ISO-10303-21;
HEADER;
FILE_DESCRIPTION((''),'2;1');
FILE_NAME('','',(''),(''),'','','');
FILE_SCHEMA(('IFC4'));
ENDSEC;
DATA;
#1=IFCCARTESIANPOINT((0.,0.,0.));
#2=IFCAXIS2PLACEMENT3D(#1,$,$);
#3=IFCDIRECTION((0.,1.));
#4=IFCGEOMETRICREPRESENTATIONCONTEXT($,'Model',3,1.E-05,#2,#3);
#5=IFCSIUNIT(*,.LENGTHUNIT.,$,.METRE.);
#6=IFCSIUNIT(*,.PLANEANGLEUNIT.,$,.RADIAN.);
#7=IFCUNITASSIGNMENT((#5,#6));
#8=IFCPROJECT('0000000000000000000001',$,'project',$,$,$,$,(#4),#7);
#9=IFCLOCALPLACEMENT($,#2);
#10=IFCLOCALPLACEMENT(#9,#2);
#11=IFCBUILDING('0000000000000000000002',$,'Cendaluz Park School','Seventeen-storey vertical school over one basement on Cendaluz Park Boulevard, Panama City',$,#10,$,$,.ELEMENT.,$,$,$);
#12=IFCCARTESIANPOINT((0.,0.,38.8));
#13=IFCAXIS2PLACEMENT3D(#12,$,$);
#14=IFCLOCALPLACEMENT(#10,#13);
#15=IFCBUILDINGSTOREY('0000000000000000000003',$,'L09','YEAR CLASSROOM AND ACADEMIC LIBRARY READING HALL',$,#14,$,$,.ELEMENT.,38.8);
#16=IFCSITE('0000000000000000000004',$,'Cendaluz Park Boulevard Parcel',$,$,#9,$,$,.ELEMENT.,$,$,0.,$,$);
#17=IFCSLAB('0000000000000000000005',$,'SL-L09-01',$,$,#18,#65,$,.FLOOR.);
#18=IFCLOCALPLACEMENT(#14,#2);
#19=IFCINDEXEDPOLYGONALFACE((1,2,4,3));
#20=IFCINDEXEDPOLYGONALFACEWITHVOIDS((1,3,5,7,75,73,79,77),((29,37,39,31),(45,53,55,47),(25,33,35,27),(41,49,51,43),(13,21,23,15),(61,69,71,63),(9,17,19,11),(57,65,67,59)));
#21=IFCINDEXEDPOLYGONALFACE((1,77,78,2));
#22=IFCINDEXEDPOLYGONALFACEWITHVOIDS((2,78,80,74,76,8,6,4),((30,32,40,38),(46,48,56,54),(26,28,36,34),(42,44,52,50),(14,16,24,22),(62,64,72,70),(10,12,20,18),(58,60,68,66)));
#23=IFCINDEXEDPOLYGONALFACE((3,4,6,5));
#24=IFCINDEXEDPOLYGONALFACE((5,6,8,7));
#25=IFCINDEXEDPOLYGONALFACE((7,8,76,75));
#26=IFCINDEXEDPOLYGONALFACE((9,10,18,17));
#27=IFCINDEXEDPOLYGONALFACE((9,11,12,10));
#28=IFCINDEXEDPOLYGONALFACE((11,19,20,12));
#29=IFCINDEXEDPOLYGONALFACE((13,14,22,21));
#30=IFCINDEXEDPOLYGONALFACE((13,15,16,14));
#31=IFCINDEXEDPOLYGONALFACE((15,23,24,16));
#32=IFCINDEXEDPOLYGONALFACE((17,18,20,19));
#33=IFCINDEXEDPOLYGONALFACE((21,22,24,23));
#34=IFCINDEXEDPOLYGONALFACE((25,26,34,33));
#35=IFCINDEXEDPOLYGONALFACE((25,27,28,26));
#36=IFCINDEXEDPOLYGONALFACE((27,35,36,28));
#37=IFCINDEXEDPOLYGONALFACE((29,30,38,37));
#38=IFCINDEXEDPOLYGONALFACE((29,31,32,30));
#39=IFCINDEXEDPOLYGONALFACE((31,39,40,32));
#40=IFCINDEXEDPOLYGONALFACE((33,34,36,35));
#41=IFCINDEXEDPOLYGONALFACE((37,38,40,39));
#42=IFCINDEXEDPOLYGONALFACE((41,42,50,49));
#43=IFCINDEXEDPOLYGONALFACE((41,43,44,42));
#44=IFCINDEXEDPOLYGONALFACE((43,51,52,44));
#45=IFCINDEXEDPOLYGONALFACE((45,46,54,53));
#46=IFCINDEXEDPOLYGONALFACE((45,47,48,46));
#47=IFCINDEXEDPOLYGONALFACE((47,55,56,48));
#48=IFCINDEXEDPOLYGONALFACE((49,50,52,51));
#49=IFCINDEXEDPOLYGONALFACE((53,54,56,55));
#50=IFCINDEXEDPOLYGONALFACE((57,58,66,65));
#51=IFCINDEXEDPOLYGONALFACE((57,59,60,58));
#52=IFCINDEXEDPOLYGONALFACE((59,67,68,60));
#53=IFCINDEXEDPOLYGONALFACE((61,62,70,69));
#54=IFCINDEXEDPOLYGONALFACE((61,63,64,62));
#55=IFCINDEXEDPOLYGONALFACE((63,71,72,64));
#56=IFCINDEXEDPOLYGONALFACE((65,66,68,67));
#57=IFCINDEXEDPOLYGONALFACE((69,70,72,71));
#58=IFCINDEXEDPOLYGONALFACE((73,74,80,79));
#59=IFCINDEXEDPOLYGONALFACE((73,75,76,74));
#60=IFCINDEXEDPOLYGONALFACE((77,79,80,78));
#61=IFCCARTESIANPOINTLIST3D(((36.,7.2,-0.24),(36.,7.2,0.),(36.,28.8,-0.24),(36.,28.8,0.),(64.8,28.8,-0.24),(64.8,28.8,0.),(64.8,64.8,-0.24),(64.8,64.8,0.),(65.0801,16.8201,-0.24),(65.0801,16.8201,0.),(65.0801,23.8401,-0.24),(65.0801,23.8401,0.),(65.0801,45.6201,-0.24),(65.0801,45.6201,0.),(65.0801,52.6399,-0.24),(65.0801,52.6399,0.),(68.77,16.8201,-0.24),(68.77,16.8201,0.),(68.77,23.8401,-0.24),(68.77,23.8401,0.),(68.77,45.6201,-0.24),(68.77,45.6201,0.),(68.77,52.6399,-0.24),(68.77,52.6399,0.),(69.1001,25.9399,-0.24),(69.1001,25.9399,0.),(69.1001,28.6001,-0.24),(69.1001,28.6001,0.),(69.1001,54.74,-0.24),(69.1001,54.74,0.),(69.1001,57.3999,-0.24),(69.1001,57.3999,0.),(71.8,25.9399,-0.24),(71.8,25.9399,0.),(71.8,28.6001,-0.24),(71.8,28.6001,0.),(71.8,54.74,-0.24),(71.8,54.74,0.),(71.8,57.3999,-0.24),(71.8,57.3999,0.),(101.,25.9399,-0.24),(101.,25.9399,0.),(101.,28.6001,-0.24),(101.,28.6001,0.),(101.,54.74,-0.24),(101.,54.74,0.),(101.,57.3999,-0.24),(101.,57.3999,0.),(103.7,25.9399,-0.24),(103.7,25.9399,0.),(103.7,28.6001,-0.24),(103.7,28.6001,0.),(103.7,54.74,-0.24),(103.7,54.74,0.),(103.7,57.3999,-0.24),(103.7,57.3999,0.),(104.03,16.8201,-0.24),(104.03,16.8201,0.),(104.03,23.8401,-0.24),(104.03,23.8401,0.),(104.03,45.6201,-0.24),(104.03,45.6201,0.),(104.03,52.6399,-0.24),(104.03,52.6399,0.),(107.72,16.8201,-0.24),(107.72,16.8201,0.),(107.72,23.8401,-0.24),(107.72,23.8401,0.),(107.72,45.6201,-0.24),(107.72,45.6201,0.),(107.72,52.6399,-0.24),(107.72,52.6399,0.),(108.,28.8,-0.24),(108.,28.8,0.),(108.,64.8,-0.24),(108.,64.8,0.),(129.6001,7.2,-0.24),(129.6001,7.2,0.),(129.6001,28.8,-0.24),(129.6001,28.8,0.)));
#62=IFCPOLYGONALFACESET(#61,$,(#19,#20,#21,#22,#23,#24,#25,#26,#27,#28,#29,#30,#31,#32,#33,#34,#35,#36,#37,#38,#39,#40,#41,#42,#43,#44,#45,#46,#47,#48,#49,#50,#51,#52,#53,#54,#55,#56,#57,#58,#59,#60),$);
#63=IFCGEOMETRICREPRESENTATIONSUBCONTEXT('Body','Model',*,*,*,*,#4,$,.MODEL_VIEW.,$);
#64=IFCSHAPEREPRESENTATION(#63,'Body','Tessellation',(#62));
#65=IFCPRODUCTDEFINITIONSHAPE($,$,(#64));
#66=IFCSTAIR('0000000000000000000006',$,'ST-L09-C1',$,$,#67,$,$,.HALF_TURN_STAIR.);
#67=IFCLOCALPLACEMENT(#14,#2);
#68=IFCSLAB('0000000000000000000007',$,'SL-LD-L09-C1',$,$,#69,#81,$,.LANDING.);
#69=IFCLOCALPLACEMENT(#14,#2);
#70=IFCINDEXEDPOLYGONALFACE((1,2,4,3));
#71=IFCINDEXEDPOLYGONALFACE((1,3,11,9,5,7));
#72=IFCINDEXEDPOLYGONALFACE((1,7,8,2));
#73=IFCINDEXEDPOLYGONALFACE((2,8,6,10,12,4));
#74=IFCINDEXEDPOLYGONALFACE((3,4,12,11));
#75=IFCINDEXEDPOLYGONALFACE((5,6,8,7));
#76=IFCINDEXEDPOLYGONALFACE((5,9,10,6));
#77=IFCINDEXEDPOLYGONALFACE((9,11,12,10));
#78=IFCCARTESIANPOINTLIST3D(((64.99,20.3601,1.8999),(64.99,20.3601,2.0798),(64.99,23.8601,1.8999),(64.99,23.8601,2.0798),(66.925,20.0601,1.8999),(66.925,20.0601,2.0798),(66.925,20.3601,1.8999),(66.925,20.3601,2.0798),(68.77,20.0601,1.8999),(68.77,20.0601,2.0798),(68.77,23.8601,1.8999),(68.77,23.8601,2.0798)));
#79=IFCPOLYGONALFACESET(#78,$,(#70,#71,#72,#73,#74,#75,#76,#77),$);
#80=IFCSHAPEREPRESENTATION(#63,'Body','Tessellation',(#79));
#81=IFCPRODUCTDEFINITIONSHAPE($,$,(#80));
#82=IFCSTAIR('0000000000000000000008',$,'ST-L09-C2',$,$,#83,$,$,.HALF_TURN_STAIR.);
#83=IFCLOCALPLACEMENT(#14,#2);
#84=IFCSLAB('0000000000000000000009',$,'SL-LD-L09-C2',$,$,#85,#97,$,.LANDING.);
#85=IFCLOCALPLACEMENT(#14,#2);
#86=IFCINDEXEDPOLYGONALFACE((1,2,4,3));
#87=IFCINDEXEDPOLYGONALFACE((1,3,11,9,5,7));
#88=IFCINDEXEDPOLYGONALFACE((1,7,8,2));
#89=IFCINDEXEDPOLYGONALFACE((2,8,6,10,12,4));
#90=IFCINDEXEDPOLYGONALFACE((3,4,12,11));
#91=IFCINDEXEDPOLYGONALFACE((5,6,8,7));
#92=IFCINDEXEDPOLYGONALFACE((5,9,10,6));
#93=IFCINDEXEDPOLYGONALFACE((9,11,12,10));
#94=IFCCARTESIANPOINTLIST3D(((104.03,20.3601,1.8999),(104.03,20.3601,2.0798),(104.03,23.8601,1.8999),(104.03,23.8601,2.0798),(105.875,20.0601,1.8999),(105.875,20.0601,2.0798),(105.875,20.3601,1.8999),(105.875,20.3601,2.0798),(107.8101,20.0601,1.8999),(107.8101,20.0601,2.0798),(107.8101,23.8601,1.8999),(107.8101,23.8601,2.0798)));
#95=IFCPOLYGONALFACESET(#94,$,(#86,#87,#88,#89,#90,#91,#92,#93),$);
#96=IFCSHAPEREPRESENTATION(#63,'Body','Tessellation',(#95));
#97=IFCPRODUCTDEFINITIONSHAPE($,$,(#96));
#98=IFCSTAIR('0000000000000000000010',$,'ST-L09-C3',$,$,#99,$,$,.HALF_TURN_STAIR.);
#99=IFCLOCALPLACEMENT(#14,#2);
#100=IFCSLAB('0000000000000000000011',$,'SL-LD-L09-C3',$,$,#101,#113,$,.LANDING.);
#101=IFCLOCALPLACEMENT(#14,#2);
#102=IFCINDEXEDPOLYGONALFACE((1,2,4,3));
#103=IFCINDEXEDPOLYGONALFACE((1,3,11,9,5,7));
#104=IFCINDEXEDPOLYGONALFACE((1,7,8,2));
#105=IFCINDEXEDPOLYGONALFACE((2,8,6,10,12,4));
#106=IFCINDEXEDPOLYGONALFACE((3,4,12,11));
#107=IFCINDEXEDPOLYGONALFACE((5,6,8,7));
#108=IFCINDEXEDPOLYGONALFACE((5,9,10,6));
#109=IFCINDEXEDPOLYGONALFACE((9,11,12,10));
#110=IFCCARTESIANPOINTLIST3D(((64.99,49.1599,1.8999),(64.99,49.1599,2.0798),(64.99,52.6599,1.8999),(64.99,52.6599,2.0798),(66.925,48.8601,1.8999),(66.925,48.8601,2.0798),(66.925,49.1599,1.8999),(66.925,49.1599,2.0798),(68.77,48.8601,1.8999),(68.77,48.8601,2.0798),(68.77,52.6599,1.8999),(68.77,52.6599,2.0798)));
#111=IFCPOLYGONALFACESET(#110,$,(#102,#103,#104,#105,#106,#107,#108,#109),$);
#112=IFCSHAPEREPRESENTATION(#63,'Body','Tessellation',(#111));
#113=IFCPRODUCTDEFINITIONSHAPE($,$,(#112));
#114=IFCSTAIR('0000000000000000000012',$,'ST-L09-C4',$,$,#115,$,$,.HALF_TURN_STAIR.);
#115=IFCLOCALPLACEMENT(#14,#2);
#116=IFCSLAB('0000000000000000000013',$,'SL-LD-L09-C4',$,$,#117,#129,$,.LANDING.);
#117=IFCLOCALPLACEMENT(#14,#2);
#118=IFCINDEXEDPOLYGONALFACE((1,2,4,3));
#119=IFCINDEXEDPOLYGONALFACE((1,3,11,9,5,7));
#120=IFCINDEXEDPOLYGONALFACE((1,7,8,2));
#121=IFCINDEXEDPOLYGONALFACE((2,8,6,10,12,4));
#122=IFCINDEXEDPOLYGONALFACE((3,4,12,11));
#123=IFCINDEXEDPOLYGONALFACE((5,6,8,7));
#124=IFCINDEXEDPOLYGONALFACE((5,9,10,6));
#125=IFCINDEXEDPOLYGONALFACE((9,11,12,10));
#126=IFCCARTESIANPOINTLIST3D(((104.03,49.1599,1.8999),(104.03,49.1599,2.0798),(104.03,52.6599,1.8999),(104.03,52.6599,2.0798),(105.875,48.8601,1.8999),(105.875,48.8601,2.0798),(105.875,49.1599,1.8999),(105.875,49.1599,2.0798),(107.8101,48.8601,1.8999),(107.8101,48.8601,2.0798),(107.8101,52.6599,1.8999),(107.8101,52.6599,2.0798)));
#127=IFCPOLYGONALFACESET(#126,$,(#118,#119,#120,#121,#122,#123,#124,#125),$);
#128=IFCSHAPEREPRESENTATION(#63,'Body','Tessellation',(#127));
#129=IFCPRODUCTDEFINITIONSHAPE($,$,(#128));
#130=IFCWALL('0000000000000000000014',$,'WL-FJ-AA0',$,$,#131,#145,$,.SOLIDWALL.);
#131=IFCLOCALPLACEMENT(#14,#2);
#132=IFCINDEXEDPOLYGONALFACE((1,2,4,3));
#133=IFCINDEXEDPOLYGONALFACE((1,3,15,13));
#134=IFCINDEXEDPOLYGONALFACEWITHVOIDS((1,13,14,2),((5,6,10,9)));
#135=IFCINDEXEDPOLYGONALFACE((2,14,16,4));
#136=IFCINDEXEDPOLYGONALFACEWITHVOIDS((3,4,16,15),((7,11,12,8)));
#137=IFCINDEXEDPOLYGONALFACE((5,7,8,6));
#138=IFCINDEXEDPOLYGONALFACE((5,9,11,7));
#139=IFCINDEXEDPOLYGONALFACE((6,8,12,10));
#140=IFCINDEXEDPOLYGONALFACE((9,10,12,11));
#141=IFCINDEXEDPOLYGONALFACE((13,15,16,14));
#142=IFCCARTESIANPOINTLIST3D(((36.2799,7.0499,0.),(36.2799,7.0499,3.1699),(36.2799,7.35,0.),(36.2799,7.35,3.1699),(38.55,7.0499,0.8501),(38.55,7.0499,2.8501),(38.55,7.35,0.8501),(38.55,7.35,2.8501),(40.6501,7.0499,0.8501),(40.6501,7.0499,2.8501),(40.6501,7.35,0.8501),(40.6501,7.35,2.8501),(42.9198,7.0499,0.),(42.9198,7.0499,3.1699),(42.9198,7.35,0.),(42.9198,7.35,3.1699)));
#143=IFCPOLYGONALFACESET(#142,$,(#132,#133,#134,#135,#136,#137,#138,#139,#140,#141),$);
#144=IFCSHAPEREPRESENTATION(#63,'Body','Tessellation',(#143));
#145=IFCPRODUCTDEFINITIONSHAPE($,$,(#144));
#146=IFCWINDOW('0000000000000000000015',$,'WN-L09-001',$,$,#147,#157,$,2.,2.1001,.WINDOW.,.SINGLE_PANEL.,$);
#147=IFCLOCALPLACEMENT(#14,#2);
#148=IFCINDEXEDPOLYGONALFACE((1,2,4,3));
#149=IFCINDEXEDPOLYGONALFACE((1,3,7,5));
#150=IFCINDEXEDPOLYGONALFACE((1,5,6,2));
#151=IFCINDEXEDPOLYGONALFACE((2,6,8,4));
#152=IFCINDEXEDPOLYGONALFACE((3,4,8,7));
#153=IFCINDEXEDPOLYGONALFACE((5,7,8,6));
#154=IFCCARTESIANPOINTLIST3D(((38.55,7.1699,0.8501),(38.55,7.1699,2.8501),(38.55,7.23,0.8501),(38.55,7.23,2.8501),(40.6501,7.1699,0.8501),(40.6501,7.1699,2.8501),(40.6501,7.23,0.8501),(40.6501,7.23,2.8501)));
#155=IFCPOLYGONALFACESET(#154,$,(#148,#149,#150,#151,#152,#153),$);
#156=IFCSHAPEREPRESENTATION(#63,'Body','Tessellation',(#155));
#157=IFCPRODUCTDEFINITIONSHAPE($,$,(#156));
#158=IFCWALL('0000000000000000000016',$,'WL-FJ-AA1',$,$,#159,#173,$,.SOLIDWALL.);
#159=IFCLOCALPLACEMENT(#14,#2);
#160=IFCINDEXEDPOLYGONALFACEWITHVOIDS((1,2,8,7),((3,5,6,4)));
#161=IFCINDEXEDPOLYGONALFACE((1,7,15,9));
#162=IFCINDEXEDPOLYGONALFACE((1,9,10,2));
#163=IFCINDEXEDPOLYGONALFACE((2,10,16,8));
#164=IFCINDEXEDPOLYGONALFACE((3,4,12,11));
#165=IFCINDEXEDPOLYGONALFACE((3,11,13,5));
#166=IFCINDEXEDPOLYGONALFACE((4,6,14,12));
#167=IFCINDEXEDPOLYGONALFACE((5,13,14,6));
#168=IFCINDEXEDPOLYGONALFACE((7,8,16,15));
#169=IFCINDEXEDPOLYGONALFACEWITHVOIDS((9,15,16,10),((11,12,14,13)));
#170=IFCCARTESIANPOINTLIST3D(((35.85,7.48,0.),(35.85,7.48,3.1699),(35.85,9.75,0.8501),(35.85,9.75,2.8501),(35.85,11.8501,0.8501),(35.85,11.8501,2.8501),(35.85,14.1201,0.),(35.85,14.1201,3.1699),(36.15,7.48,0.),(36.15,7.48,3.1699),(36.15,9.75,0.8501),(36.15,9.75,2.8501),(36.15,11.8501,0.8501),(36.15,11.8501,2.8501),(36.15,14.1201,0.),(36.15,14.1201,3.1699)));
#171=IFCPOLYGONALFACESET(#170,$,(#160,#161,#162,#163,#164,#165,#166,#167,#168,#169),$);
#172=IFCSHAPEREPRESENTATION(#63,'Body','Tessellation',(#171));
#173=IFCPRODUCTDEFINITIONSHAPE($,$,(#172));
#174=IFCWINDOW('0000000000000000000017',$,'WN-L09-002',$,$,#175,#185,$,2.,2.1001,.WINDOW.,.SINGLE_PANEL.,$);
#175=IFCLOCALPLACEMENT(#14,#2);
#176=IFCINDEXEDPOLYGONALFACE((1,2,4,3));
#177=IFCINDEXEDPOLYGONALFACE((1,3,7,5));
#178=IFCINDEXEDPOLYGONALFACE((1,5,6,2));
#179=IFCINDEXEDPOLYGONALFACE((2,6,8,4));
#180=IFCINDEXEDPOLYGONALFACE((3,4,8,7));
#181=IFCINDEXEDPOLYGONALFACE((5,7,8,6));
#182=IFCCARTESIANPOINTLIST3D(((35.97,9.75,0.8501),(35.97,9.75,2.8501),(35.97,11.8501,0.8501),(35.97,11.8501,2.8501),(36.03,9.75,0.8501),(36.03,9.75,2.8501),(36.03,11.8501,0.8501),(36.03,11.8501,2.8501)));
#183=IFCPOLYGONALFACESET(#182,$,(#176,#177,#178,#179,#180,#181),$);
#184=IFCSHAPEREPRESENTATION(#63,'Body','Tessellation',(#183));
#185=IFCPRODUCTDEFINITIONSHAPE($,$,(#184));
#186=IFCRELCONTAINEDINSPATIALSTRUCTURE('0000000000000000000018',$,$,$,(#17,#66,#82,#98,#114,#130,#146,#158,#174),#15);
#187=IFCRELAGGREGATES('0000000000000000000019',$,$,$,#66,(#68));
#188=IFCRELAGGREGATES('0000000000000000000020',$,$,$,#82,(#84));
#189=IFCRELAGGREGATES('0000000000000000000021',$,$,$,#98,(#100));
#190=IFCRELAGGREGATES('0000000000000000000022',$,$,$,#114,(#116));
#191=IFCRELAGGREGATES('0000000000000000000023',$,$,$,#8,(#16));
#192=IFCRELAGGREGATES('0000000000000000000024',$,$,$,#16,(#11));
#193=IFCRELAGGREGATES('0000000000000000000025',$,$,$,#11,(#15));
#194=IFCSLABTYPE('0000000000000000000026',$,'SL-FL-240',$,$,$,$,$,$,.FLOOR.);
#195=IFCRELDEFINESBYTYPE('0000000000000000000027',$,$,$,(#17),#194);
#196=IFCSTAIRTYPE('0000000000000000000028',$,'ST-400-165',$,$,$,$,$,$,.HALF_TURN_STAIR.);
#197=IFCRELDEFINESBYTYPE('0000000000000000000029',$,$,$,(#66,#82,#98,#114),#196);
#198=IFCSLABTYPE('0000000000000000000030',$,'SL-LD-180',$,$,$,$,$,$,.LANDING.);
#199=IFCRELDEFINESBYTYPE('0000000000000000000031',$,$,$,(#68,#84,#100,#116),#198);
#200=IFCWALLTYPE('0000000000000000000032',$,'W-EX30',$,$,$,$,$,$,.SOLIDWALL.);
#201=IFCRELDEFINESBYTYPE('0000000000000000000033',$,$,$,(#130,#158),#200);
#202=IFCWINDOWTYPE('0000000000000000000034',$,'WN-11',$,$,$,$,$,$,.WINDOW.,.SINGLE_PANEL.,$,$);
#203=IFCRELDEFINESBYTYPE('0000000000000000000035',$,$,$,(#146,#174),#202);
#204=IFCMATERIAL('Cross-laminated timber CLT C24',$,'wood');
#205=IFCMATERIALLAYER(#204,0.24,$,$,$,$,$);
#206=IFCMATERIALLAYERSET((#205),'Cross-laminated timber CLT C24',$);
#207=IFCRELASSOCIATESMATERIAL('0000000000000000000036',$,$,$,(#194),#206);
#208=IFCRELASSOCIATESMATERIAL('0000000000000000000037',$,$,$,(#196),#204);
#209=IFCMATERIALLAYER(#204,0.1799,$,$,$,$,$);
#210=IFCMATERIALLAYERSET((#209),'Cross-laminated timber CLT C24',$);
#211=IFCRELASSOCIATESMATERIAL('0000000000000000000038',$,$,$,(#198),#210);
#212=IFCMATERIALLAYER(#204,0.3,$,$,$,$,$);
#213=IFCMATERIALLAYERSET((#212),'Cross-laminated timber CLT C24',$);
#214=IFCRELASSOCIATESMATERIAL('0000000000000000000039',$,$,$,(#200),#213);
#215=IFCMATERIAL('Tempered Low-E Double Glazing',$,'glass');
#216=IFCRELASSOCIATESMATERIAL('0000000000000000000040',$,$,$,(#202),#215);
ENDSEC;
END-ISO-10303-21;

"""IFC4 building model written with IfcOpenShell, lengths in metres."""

from ifc_helpers import new_model, si_unit, direction, frame, frame_2d, origin, place, context, subcontext, project, spatial, polyline, rectangle, outline, extrude, material, layer, layer_set, type_object, element, fill, aggregate, save


model = new_model("IFC4")

# Units and contexts
model_context = context("Model", 3, precision=1e-05, world=origin(), true_north=direction((0.0, 1.0)))
body_context = subcontext(model_context, "Body", "Model", "MODEL_VIEW")
ifc_project = project(units=[si_unit("LENGTHUNIT", "METRE"), si_unit("PLANEANGLEUNIT", "RADIAN")], contexts=[model_context])

# Site, building, storey
site_placement = place(None, origin())
site = spatial("IfcSite", under=ifc_project, at=site_placement, Name="Cendaluz Park Boulevard Parcel", CompositionType="ELEMENT", RefElevation=0.0)
building_placement = place(site_placement, origin())
building = spatial("IfcBuilding", under=site, at=building_placement, Name="Cendaluz Park School", Description="Seventeen-storey vertical school over one basement on Cendaluz Park Boulevard, Panama City", CompositionType="ELEMENT")
storey_placement = place(building_placement, frame((0.0, 0.0, 38.8)))
storey = spatial("IfcBuildingStorey", under=building, at=storey_placement, Name="L09", Description="YEAR CLASSROOM AND ACADEMIC LIBRARY READING HALL", CompositionType="ELEMENT", Elevation=38.8)

# Slab
ifc_material_1 = material(Name="Cross-laminated timber CLT C24", Category="wood")
ifc_layer_1 = layer(ifc_material_1, 0.24)
ifc_layer_set_1 = layer_set([ifc_layer_1], Name="Cross-laminated timber CLT C24")
slab_type_1 = type_object("IfcSlabType", Name="SL-FL-240", PredefinedType="FLOOR", material=ifc_layer_set_1)
slab_1_placement = place(storey_placement, frame((0.0, 0.0, -0.24)))
element("IfcSlab", 1, at=slab_1_placement, inside=storey, type_object=slab_type_1, Name="SL-L09-01", PredefinedType="FLOOR", context=body_context, shape_type="SweptSolid", body=[
    extrude(outline(polyline([(64.8, 28.8), (64.8, 64.8), (108.0, 64.8), (108.0, 28.8), (129.6001, 28.8), (129.6001, 7.2), (36.0, 7.2), (36.0, 28.8), (64.8, 28.8)]), holes=[polyline([(68.77, 16.8201), (68.77, 23.8401), (65.0801, 23.8401), (65.0801, 16.8201), (68.77, 16.8201)]), polyline([(69.1001, 25.9399), (71.8, 25.9399), (71.8, 28.6001), (69.1001, 28.6001), (69.1001, 25.9399)]), polyline([(104.03, 23.8401), (104.03, 16.8201), (107.72, 16.8201), (107.72, 23.8401), (104.03, 23.8401)]), polyline([(103.7, 28.6001), (101.0, 28.6001), (101.0, 25.9399), (103.7, 25.9399), (103.7, 28.6001)]), polyline([(68.77, 45.6201), (68.77, 52.6399), (65.0801, 52.6399), (65.0801, 45.6201), (68.77, 45.6201)]), polyline([(69.1001, 54.74), (71.8, 54.74), (71.8, 57.3999), (69.1001, 57.3999), (69.1001, 54.74)]), polyline([(104.03, 52.6399), (104.03, 45.6201), (107.72, 45.6201), (107.72, 52.6399), (104.03, 52.6399)]), polyline([(103.7, 57.3999), (101.0, 57.3999), (101.0, 54.74), (103.7, 54.74), (103.7, 57.3999)])]), origin(), (0.0, 0.0, 1.0), 0.24),
])

# Stairs, slabs
stair_type = type_object("IfcStairType", Name="ST-400-165", PredefinedType="HALF_TURN_STAIR", material=ifc_material_1)
stair_1_placement = place(storey_placement, origin())
stair_1 = element("IfcStair", 2, at=stair_1_placement, inside=storey, type_object=stair_type, Name="ST-L09-C1", PredefinedType="HALF_TURN_STAIR")
ifc_layer_2 = layer(ifc_material_1, 0.1799)
ifc_layer_set_2 = layer_set([ifc_layer_2], Name="Cross-laminated timber CLT C24")
slab_type_2 = type_object("IfcSlabType", Name="SL-LD-180", PredefinedType="LANDING", material=ifc_layer_set_2)
slab_2_placement = place(storey_placement, frame((0.0, 0.0, 1.8999)))
slab_2 = element("IfcSlab", 3, at=slab_2_placement, type_object=slab_type_2, Name="SL-LD-L09-C1", PredefinedType="LANDING", context=body_context, shape_type="SweptSolid", body=[
    extrude(outline(polyline([(64.99, 20.3601), (66.925, 20.3601), (66.925, 20.0601), (68.77, 20.0601), (68.77, 23.8601), (64.99, 23.8601), (64.99, 20.3601)])), origin(), (0.0, 0.0, 1.0), 0.1799),
])
aggregate(stair_1, [slab_2])
stair_2_placement = place(storey_placement, origin())
stair_2 = element("IfcStair", 4, at=stair_2_placement, inside=storey, type_object=stair_type, Name="ST-L09-C2", PredefinedType="HALF_TURN_STAIR")
slab_3_placement = place(storey_placement, frame((0.0, 0.0, 1.8999)))
slab_3 = element("IfcSlab", 5, at=slab_3_placement, type_object=slab_type_2, Name="SL-LD-L09-C2", PredefinedType="LANDING", context=body_context, shape_type="SweptSolid", body=[
    extrude(outline(polyline([(104.03, 20.3601), (105.875, 20.3601), (105.875, 20.0601), (107.8101, 20.0601), (107.8101, 23.8601), (104.03, 23.8601), (104.03, 20.3601)])), origin(), (0.0, 0.0, 1.0), 0.1799),
])
aggregate(stair_2, [slab_3])
stair_3_placement = place(storey_placement, origin())
stair_3 = element("IfcStair", 6, at=stair_3_placement, inside=storey, type_object=stair_type, Name="ST-L09-C3", PredefinedType="HALF_TURN_STAIR")
slab_4_placement = place(storey_placement, frame((0.0, 0.0, 1.8999)))
slab_4 = element("IfcSlab", 7, at=slab_4_placement, type_object=slab_type_2, Name="SL-LD-L09-C3", PredefinedType="LANDING", context=body_context, shape_type="SweptSolid", body=[
    extrude(outline(polyline([(64.99, 49.1599), (66.925, 49.1599), (66.925, 48.8601), (68.77, 48.8601), (68.77, 52.6599), (64.99, 52.6599), (64.99, 49.1599)])), origin(), (0.0, 0.0, 1.0), 0.1799),
])
aggregate(stair_3, [slab_4])
stair_4_placement = place(storey_placement, origin())
stair_4 = element("IfcStair", 8, at=stair_4_placement, inside=storey, type_object=stair_type, Name="ST-L09-C4", PredefinedType="HALF_TURN_STAIR")
slab_5_placement = place(storey_placement, frame((0.0, 0.0, 1.8999)))
slab_5 = element("IfcSlab", 9, at=slab_5_placement, type_object=slab_type_2, Name="SL-LD-L09-C4", PredefinedType="LANDING", context=body_context, shape_type="SweptSolid", body=[
    extrude(outline(polyline([(104.03, 49.1599), (105.875, 49.1599), (105.875, 48.8601), (107.8101, 48.8601), (107.8101, 52.6599), (104.03, 52.6599), (104.03, 49.1599)])), origin(), (0.0, 0.0, 1.0), 0.1799),
])
aggregate(stair_4, [slab_5])

# Walls, openings, windows
ifc_layer_3 = layer(ifc_material_1, 0.3)
ifc_layer_set_3 = layer_set([ifc_layer_3], Name="Cross-laminated timber CLT C24")
wall_type_1 = type_object("IfcWallType", Name="W-EX30", PredefinedType="SOLIDWALL", material=ifc_layer_set_3)
wall_1_placement = place(storey_placement, frame((36.28, 7.2, 0.0), z_axis=(0.0, 0.0, 1.0), x_axis=(1.0, 0.0, 0.0)))
wall_1 = element("IfcWall", 10, at=wall_1_placement, inside=storey, type_object=wall_type_1, Name="WL-FJ-AA0", PredefinedType="SOLIDWALL", context=body_context, shape_type="SweptSolid", body=[
    extrude(rectangle(XDim=6.6399, YDim=0.3, at=frame_2d((3.3198, 0.0))), origin(), (0.0, 0.0, 1.0), 3.1699),
])
opening_1_placement = place(wall_1_placement, frame((2.27, 0.0, 0.8501)))
opening_1 = element("IfcOpeningElement", 11, at=opening_1_placement, cuts=wall_1, PredefinedType="OPENING", context=body_context, shape_type="SweptSolid", body=[
    extrude(rectangle(XDim=2.1001, YDim=2.0, at=frame_2d((1.05, 1.0))), frame((0.0, 0.1621, 0.0), z_axis=(0.0, -1.0, 0.0), x_axis=(1.0, 0.0, 0.0)), (0.0, 0.0, 1.0), 0.324),
])
ifc_material_2 = material(Name="Tempered Low-E Double Glazing", Category="glass")
window_type_1 = type_object("IfcWindowType", Name="WN-11", PartitioningType="SINGLE_PANEL", PredefinedType="WINDOW", material=ifc_material_2)
window_1_placement = place(opening_1_placement, origin())
window_1 = element("IfcWindow", 12, at=window_1_placement, inside=storey, type_object=window_type_1, Name="WN-L09-001", OverallHeight=2.0, OverallWidth=2.1001, PartitioningType="SINGLE_PANEL", PredefinedType="WINDOW", context=body_context, shape_type="SweptSolid", body=[
    extrude(rectangle(XDim=2.1001, YDim=2.0, at=frame_2d((1.05, 1.0))), frame((0.0, 0.03, 0.0), z_axis=(0.0, -1.0, 0.0), x_axis=(1.0, 0.0, 0.0)), (0.0, 0.0, 1.0), 0.0601),
])
fill(opening_1, window_1)
wall_2_placement = place(storey_placement, frame((36.0, 7.48, 0.0), z_axis=(0.0, 0.0, 1.0), x_axis=(0.0, 1.0, 0.0)))
wall_2 = element("IfcWall", 13, at=wall_2_placement, inside=storey, type_object=wall_type_1, Name="WL-FJ-AA1", PredefinedType="SOLIDWALL", context=body_context, shape_type="SweptSolid", body=[
    extrude(rectangle(XDim=6.6401, YDim=0.3, at=frame_2d((3.3201, 0.0))), origin(), (0.0, 0.0, 1.0), 3.1699),
])
opening_2_placement = place(wall_2_placement, frame((2.27, 0.0, 0.8501)))
opening_2 = element("IfcOpeningElement", 14, at=opening_2_placement, cuts=wall_2, PredefinedType="OPENING", context=body_context, shape_type="SweptSolid", body=[
    extrude(rectangle(XDim=2.1001, YDim=2.0, at=frame_2d((1.05, 1.0))), frame((0.0, 0.1621, 0.0), z_axis=(0.0, -1.0, 0.0), x_axis=(1.0, 0.0, 0.0)), (0.0, 0.0, 1.0), 0.324),
])
window_2_placement = place(opening_2_placement, origin())
window_2 = element("IfcWindow", 15, at=window_2_placement, inside=storey, type_object=window_type_1, Name="WN-L09-002", OverallHeight=2.0, OverallWidth=2.1001, PartitioningType="SINGLE_PANEL", PredefinedType="WINDOW", context=body_context, shape_type="SweptSolid", body=[
    extrude(rectangle(XDim=2.1001, YDim=2.0, at=frame_2d((1.05, 1.0))), frame((0.0, 0.03, 0.0), z_axis=(0.0, -1.0, 0.0), x_axis=(1.0, 0.0, 0.0)), (0.0, 0.0, 1.0), 0.0601),
])
fill(opening_2, window_2)

save(model, "model.ifc")
